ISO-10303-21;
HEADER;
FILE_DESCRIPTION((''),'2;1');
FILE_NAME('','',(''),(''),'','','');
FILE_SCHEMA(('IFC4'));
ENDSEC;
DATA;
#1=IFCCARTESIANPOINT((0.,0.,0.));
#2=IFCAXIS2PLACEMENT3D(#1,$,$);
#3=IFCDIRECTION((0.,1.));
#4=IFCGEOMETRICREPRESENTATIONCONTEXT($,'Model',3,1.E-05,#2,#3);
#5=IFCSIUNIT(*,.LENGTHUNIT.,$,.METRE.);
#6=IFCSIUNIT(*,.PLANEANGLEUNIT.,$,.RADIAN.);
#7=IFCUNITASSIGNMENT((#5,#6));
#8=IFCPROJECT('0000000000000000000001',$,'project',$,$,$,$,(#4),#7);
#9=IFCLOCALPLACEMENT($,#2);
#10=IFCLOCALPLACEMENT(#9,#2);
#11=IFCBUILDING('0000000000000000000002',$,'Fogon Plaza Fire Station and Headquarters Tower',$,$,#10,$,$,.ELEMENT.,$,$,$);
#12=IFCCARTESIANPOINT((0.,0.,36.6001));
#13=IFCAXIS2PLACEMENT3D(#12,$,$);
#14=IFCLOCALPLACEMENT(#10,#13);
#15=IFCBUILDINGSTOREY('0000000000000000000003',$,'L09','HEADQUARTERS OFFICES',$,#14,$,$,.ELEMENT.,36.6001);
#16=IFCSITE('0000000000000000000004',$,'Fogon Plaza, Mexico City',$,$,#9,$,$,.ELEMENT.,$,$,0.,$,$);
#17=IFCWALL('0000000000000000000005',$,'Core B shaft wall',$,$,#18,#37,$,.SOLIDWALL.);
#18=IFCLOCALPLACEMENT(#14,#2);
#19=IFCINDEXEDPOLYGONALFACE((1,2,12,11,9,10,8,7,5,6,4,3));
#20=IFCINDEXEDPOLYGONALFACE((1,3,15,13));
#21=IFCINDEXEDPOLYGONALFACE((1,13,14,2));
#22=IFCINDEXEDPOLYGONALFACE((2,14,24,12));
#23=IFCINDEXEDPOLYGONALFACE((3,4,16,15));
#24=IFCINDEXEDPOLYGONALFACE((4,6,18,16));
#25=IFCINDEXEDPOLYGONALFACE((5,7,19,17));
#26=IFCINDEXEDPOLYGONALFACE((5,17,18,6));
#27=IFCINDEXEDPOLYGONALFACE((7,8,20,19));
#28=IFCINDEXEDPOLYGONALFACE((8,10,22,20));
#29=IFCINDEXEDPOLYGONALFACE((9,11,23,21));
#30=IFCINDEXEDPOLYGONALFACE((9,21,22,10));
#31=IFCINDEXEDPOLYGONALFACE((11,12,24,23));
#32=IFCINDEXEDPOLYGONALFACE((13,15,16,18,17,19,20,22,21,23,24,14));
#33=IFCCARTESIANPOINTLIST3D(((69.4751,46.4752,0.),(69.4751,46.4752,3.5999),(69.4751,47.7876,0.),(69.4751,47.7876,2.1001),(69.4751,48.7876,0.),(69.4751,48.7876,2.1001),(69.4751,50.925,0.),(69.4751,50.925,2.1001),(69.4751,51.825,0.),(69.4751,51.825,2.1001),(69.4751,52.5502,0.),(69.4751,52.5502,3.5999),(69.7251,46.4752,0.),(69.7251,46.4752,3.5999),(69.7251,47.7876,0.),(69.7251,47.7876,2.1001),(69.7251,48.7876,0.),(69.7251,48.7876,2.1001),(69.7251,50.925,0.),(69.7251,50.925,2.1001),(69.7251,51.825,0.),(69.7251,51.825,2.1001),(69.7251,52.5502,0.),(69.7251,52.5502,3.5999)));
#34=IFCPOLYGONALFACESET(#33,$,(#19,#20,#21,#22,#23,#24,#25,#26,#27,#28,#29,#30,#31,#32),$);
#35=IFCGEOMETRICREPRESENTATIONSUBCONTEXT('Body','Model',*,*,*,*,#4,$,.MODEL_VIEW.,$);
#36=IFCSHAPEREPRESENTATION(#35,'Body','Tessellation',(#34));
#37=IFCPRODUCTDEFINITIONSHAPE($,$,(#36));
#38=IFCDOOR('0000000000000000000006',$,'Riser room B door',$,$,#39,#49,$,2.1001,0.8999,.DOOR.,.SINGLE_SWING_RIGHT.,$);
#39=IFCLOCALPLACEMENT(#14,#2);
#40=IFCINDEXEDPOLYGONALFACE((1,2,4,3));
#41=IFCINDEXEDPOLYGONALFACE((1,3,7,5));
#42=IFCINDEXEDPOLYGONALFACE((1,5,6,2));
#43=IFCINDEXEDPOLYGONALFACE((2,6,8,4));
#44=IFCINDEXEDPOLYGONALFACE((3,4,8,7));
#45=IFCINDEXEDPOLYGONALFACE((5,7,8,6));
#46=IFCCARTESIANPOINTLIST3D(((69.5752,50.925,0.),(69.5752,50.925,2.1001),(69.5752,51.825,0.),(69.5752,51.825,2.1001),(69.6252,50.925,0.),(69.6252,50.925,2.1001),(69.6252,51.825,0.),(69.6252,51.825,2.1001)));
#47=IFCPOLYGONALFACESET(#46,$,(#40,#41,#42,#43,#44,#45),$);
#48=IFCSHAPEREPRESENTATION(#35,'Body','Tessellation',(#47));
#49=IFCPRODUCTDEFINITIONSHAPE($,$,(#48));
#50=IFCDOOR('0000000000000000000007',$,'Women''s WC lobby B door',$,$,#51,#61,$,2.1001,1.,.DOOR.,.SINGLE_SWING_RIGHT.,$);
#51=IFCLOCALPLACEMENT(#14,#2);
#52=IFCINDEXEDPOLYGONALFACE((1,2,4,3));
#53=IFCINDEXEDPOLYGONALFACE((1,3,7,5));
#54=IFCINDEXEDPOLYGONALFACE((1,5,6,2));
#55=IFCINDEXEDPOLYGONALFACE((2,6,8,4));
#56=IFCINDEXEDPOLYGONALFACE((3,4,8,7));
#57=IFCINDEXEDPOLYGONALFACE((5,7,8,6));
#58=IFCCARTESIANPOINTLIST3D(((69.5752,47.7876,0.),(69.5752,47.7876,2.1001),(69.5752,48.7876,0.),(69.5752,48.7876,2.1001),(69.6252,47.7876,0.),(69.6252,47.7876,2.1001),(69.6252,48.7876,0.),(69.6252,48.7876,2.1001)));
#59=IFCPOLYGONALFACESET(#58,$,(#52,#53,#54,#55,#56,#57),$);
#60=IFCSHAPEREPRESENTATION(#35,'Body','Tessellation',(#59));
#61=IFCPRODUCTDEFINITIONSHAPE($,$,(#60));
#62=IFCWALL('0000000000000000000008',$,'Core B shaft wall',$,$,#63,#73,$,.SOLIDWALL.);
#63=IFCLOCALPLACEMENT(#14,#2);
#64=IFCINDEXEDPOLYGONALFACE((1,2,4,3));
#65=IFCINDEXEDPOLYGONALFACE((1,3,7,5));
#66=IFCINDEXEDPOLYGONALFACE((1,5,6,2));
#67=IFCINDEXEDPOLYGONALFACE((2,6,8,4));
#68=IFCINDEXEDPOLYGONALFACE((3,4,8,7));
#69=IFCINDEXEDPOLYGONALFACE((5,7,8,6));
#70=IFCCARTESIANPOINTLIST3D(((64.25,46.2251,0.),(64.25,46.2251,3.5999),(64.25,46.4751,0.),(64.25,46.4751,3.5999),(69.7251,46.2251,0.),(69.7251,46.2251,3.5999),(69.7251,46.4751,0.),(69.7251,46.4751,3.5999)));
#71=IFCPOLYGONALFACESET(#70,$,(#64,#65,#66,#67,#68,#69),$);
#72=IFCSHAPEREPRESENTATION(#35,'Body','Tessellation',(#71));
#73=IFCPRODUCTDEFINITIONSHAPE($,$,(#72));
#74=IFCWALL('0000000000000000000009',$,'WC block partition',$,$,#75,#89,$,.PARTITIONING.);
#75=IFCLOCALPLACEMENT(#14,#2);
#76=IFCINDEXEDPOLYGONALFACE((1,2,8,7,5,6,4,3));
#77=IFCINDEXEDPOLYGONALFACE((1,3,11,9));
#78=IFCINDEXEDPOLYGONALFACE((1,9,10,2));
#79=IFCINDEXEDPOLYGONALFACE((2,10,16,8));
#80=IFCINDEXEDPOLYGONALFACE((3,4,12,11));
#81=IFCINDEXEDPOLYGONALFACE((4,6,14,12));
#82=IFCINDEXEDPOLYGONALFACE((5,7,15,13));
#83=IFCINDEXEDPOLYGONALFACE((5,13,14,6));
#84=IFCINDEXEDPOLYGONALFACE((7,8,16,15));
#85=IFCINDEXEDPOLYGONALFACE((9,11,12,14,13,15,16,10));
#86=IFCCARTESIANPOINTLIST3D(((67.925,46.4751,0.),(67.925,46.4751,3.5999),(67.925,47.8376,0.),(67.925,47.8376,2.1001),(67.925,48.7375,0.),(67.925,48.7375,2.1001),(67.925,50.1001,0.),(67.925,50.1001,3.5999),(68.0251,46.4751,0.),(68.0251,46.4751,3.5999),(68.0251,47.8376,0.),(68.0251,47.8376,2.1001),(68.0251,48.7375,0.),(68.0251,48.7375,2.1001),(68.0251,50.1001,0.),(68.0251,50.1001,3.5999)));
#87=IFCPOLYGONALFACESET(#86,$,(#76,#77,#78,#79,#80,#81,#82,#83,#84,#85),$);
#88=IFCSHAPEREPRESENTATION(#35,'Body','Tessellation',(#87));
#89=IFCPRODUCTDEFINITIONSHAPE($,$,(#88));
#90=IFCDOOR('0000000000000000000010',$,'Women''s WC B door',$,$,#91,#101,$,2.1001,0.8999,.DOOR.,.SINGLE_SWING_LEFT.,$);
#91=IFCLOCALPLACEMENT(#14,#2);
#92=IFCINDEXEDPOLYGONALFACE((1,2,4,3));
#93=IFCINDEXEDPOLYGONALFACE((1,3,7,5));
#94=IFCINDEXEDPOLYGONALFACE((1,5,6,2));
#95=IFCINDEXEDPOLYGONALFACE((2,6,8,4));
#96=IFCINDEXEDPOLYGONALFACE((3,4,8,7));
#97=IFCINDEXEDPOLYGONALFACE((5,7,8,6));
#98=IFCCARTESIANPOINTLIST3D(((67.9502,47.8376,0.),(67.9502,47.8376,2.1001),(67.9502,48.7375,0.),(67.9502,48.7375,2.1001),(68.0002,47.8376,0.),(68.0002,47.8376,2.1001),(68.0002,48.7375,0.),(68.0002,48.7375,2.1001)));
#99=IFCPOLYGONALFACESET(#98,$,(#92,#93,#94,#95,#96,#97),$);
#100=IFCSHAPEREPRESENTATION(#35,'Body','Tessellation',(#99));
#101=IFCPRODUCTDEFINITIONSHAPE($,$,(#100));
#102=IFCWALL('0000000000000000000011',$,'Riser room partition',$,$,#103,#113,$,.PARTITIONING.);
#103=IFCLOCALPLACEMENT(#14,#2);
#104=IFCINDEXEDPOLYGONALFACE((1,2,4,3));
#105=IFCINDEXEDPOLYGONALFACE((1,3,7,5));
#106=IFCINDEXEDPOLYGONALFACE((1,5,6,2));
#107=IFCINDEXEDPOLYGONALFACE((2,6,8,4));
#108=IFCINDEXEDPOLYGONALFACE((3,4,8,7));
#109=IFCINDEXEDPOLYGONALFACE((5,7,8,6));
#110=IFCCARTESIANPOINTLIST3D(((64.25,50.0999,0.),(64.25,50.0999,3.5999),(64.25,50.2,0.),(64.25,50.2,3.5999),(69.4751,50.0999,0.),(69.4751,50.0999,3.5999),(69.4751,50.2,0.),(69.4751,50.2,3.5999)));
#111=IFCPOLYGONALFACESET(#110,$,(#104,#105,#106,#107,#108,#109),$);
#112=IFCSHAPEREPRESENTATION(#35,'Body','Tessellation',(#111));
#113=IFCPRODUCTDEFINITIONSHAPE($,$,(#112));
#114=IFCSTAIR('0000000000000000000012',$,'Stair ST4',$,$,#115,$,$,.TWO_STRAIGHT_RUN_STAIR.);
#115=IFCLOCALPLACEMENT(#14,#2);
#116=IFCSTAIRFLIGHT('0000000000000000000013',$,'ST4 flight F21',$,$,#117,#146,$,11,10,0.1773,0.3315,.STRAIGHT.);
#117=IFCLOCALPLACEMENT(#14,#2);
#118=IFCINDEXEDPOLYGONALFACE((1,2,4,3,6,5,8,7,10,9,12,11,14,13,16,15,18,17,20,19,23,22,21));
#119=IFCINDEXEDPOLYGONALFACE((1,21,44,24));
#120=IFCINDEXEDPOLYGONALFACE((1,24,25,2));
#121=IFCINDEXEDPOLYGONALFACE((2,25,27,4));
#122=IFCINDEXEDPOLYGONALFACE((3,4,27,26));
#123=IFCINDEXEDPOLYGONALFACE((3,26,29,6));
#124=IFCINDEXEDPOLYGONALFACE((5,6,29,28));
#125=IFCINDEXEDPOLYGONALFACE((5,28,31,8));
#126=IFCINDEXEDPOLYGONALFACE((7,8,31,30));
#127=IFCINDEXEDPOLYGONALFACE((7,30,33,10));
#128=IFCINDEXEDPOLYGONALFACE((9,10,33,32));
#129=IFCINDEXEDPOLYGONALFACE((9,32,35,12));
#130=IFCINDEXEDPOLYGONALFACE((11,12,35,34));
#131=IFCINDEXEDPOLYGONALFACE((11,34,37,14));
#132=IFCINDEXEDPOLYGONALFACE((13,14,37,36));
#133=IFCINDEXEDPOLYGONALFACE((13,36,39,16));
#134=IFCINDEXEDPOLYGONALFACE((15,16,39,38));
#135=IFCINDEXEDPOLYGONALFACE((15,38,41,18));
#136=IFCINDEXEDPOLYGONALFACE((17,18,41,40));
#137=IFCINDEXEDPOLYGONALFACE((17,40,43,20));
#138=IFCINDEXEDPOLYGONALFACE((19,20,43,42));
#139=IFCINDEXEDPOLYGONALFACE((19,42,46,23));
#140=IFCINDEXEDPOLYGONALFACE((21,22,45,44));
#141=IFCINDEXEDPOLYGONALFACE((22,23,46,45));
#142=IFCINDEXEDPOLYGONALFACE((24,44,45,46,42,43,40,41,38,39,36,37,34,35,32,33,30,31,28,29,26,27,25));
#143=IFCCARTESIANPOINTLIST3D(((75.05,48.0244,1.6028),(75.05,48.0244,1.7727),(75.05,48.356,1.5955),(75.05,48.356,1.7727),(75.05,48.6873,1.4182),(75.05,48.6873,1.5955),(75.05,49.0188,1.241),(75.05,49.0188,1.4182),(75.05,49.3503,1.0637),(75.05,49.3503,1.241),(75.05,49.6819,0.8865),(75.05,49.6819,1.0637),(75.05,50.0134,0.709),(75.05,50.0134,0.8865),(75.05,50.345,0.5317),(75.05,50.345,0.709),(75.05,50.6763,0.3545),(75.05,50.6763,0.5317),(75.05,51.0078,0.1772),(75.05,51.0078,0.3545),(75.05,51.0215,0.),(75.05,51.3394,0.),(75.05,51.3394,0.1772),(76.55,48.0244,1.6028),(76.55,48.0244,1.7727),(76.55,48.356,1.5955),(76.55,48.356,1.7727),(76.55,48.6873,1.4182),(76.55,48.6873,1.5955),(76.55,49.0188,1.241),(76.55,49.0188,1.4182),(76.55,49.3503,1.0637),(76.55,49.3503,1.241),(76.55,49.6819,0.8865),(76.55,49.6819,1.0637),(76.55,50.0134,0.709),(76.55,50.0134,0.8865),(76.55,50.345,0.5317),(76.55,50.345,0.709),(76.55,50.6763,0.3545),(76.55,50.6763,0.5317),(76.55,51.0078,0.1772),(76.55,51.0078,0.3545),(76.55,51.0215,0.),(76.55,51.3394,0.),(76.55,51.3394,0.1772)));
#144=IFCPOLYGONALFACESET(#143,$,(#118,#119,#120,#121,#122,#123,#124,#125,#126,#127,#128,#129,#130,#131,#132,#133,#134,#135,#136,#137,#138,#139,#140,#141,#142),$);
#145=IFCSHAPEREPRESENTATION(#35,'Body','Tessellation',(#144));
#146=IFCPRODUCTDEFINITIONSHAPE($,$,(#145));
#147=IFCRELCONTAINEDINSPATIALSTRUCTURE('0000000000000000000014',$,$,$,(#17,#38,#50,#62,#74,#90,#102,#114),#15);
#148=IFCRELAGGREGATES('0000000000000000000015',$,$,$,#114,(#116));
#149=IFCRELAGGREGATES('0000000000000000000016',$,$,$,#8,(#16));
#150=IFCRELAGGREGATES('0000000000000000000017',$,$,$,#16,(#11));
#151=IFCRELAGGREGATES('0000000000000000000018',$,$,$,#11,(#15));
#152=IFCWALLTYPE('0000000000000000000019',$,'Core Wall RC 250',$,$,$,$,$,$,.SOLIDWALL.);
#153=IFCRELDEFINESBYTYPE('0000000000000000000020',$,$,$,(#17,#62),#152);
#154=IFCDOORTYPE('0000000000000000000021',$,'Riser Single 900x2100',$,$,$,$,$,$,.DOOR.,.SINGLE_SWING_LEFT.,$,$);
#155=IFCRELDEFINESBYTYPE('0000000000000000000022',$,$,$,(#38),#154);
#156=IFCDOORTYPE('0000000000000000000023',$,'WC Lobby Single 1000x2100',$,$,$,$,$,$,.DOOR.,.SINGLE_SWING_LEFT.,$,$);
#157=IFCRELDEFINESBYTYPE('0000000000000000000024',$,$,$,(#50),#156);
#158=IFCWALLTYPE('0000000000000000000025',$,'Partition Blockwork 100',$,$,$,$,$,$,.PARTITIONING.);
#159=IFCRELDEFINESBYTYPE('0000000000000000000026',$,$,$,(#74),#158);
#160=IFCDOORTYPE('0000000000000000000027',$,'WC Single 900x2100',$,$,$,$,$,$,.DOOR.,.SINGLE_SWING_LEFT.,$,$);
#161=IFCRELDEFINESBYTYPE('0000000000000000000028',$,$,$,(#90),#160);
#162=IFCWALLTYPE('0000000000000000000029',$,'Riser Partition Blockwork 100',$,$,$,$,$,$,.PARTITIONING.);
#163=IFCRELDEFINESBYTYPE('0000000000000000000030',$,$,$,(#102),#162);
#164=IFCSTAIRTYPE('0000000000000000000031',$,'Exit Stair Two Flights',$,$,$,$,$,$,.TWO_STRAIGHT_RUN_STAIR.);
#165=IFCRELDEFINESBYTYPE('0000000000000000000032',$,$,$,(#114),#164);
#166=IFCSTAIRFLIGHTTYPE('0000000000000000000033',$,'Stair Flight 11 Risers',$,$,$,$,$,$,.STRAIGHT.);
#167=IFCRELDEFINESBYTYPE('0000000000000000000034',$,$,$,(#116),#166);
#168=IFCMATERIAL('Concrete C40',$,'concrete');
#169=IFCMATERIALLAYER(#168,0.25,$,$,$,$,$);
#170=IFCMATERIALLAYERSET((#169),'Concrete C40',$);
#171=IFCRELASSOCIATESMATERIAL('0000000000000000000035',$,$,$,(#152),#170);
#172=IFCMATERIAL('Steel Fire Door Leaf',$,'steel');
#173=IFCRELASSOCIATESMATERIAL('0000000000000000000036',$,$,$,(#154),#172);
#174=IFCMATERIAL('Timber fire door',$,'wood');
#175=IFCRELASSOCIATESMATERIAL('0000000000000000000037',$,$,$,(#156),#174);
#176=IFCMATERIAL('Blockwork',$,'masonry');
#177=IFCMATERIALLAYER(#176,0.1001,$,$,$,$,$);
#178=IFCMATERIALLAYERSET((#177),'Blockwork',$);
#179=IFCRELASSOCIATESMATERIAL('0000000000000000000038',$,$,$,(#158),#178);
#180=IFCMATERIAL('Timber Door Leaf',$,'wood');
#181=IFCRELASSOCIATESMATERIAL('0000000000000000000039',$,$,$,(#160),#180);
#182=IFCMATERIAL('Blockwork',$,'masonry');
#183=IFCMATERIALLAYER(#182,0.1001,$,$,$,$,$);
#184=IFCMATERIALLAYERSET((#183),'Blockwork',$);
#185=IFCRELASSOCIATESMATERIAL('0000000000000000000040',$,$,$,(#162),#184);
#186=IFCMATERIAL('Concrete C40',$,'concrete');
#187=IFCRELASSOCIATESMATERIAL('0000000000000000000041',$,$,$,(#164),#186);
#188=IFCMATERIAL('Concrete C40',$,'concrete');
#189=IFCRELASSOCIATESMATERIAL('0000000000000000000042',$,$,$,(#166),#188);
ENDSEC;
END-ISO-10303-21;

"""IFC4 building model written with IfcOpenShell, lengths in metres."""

from ifc_helpers import new_model, si_unit, direction, frame, frame_2d, origin, place, context, subcontext, project, spatial, polyline, rectangle, outline, extrude, material, layer, layer_set, type_object, element, fill, aggregate, save


model = new_model("IFC4")

# Units and contexts
model_context = context("Model", 3, precision=1e-05, world=origin(), true_north=direction((0.0, 1.0)))
body_context = subcontext(model_context, "Body", "Model", "MODEL_VIEW")
ifc_project = project(units=[si_unit("LENGTHUNIT", "METRE"), si_unit("PLANEANGLEUNIT", "RADIAN")], contexts=[model_context])

# Site, building, storey
site_placement = place(None, origin())
site = spatial("IfcSite", under=ifc_project, at=site_placement, Name="Fogon Plaza, Mexico City", CompositionType="ELEMENT", RefElevation=0.0)
building_placement = place(site_placement, origin())
building = spatial("IfcBuilding", under=site, at=building_placement, Name="Fogon Plaza Fire Station and Headquarters Tower", CompositionType="ELEMENT")
storey_placement = place(building_placement, frame((0.0, 0.0, 36.6001)))
storey = spatial("IfcBuildingStorey", under=building, at=storey_placement, Name="L09", Description="HEADQUARTERS OFFICES", CompositionType="ELEMENT", Elevation=36.6001)

# Shared definitions
ifc_material_1 = material(Name="Concrete C40", Category="concrete")
ifc_layer_1 = layer(ifc_material_1, 0.25)
ifc_layer_set_1 = layer_set([ifc_layer_1], Name="Concrete C40")
wall_type_1 = type_object("IfcWallType", Name="Core Wall RC 250", PredefinedType="SOLIDWALL", material=ifc_layer_set_1)

# Wall, openings, doors
wall_1_placement = place(storey_placement, frame((69.6001, 46.4751, 0.0), z_axis=(0.0, 0.0, 1.0), x_axis=(0.0, 1.0, 0.0)))
wall_1 = element("IfcWall", 1, at=wall_1_placement, inside=storey, type_object=wall_type_1, Name="Core B shaft wall", PredefinedType="SOLIDWALL", context=body_context, shape_type="SweptSolid", body=[
    extrude(rectangle(XDim=6.075, YDim=0.25, at=frame_2d((3.0376, 0.0))), origin(), (0.0, 0.0, 1.0), 3.5999),
])
opening_1_placement = place(wall_1_placement, frame((1.3125, 0.0, 0.0)))
opening_1 = element("IfcOpeningElement", 2, at=opening_1_placement, cuts=wall_1, PredefinedType="OPENING", context=body_context, shape_type="SweptSolid", body=[
    extrude(rectangle(XDim=1.0, YDim=2.1001, at=frame_2d((0.5, 1.05))), frame((0.0, 0.135, 0.0), z_axis=(0.0, -1.0, 0.0), x_axis=(1.0, 0.0, 0.0)), (0.0, 0.0, 1.0), 0.27),
])
opening_2_placement = place(wall_1_placement, frame((4.45, 0.0, 0.0)))
opening_2 = element("IfcOpeningElement", 3, at=opening_2_placement, cuts=wall_1, PredefinedType="OPENING", context=body_context, shape_type="SweptSolid", body=[
    extrude(rectangle(XDim=0.8999, YDim=2.1001, at=frame_2d((0.45, 1.05))), frame((0.0, 0.135, 0.0), z_axis=(0.0, -1.0, 0.0), x_axis=(1.0, 0.0, 0.0)), (0.0, 0.0, 1.0), 0.27),
])
ifc_material_2 = material(Name="Steel Fire Door Leaf", Category="steel")
door_type_1 = type_object("IfcDoorType", Name="Riser Single 900x2100", OperationType="SINGLE_SWING_LEFT", PredefinedType="DOOR", material=ifc_material_2)
door_1_placement = place(opening_2_placement, origin())
door_1 = element("IfcDoor", 4, at=door_1_placement, inside=storey, type_object=door_type_1, Name="Riser room B door", OperationType="SINGLE_SWING_RIGHT", OverallHeight=2.1001, OverallWidth=0.8999, PredefinedType="DOOR", context=body_context, shape_type="SweptSolid", body=[
    extrude(rectangle(XDim=0.8999, YDim=2.1001, at=frame_2d((0.45, 1.05))), frame((0.0, 0.0249, 0.0), z_axis=(0.0, -1.0, 0.0), x_axis=(1.0, 0.0, 0.0)), (0.0, 0.0, 1.0), 0.05),
])
fill(opening_2, door_1)
ifc_material_3 = material(Name="Timber fire door", Category="wood")
door_type_2 = type_object("IfcDoorType", Name="WC Lobby Single 1000x2100", OperationType="SINGLE_SWING_LEFT", PredefinedType="DOOR", material=ifc_material_3)
door_2_placement = place(opening_1_placement, origin())
door_2 = element("IfcDoor", 5, at=door_2_placement, inside=storey, type_object=door_type_2, Name="Women's WC lobby B door", OperationType="SINGLE_SWING_RIGHT", OverallHeight=2.1001, OverallWidth=1.0, PredefinedType="DOOR", context=body_context, shape_type="SweptSolid", body=[
    extrude(rectangle(XDim=1.0, YDim=2.1001, at=frame_2d((0.5, 1.05))), frame((0.0, 0.0249, 0.0), z_axis=(0.0, -1.0, 0.0), x_axis=(1.0, 0.0, 0.0)), (0.0, 0.0, 1.0), 0.05),
])
fill(opening_1, door_2)

# Wall
wall_2_placement = place(storey_placement, frame((69.7251, 46.3501, 0.0), z_axis=(0.0, 0.0, 1.0), x_axis=(-1.0, 0.0, 0.0)))
element("IfcWall", 6, at=wall_2_placement, inside=storey, type_object=wall_type_1, Name="Core B shaft wall", PredefinedType="SOLIDWALL", context=body_context, shape_type="SweptSolid", body=[
    extrude(rectangle(XDim=5.4751, YDim=0.25, at=frame_2d((2.7375, 0.0))), origin(), (0.0, 0.0, 1.0), 3.5999),
])

# Wall, opening, door
ifc_material_4 = material(Name="Blockwork", Category="masonry")
ifc_layer_2 = layer(ifc_material_4, 0.1001)
ifc_layer_set_2 = layer_set([ifc_layer_2], Name="Blockwork")
wall_type_2 = type_object("IfcWallType", Name="Partition Blockwork 100", PredefinedType="PARTITIONING", material=ifc_layer_set_2)
wall_3_placement = place(storey_placement, frame((67.9751, 46.4751, 0.0), z_axis=(0.0, 0.0, 1.0), x_axis=(0.0, 1.0, 0.0)))
wall_3 = element("IfcWall", 7, at=wall_3_placement, inside=storey, type_object=wall_type_2, Name="WC block partition", PredefinedType="PARTITIONING", context=body_context, shape_type="SweptSolid", body=[
    extrude(rectangle(XDim=3.625, YDim=0.1001, at=frame_2d((1.8125, 0.0))), origin(), (0.0, 0.0, 1.0), 3.5999),
])
opening_3_placement = place(wall_3_placement, frame((1.3625, 0.0, 0.0)))
opening_3 = element("IfcOpeningElement", 8, at=opening_3_placement, cuts=wall_3, PredefinedType="OPENING", context=body_context, shape_type="SweptSolid", body=[
    extrude(rectangle(XDim=0.8999, YDim=2.1001, at=frame_2d((0.45, 1.05))), frame((0.0, 0.0601, 0.0), z_axis=(0.0, -1.0, 0.0), x_axis=(1.0, 0.0, 0.0)), (0.0, 0.0, 1.0), 0.1201),
])
ifc_material_5 = material(Name="Timber Door Leaf", Category="wood")
door_type_3 = type_object("IfcDoorType", Name="WC Single 900x2100", OperationType="SINGLE_SWING_LEFT", PredefinedType="DOOR", material=ifc_material_5)
door_3_placement = place(opening_3_placement, origin())
door_3 = element("IfcDoor", 9, at=door_3_placement, inside=storey, type_object=door_type_3, Name="Women's WC B door", OperationType="SINGLE_SWING_LEFT", OverallHeight=2.1001, OverallWidth=0.8999, PredefinedType="DOOR", context=body_context, shape_type="SweptSolid", body=[
    extrude(rectangle(XDim=0.8999, YDim=2.1001, at=frame_2d((0.45, 1.05))), frame((0.0, 0.0249, 0.0), z_axis=(0.0, -1.0, 0.0), x_axis=(1.0, 0.0, 0.0)), (0.0, 0.0, 1.0), 0.05),
])
fill(opening_3, door_3)

# Wall
ifc_material_6 = material(Name="Blockwork", Category="masonry")
ifc_layer_3 = layer(ifc_material_6, 0.1001)
ifc_layer_set_3 = layer_set([ifc_layer_3], Name="Blockwork")
wall_type_3 = type_object("IfcWallType", Name="Riser Partition Blockwork 100", PredefinedType="PARTITIONING", material=ifc_layer_set_3)
wall_4_placement = place(storey_placement, frame((69.4751, 50.1499, 0.0), z_axis=(0.0, 0.0, 1.0), x_axis=(-1.0, 0.0, 0.0)))
element("IfcWall", 10, at=wall_4_placement, inside=storey, type_object=wall_type_3, Name="Riser room partition", PredefinedType="PARTITIONING", context=body_context, shape_type="SweptSolid", body=[
    extrude(rectangle(XDim=5.2251, YDim=0.1001, at=frame_2d((2.6125, 0.0))), origin(), (0.0, 0.0, 1.0), 3.5999),
])

# Stair, stair flight
ifc_material_7 = material(Name="Concrete C40", Category="concrete")
stair_type = type_object("IfcStairType", Name="Exit Stair Two Flights", PredefinedType="TWO_STRAIGHT_RUN_STAIR", material=ifc_material_7)
stair_placement = place(storey_placement, origin())
stair = element("IfcStair", 11, at=stair_placement, inside=storey, type_object=stair_type, Name="Stair ST4", PredefinedType="TWO_STRAIGHT_RUN_STAIR")
ifc_material_8 = material(Name="Concrete C40", Category="concrete")
stair_flight_type = type_object("IfcStairFlightType", Name="Stair Flight 11 Risers", PredefinedType="STRAIGHT", material=ifc_material_8)
stair_flight_1_placement = place(storey_placement, frame((75.8, 51.3394, 0.0), z_axis=(0.0, 0.0, 1.0), x_axis=(0.0, -1.0, 0.0)))
stair_flight_1 = element("IfcStairFlight", 12, at=stair_flight_1_placement, type_object=stair_flight_type, Name="ST4 flight F21", NumberOfRisers=11, NumberOfTreads=10, PredefinedType="STRAIGHT", RiserHeight=0.1773, TreadLength=0.3315, context=body_context, shape_type="SweptSolid", body=[
    extrude(outline(polyline([(0.0, 0.0), (0.0, 0.1772), (0.3315, 0.1772), (0.3315, 0.3545), (0.6631, 0.3545), (0.6631, 0.5317), (0.9944, 0.5317), (0.9944, 0.709), (1.3259, 0.709), (1.3259, 0.8865), (1.6575, 0.8865), (1.6575, 1.0637), (1.989, 1.0637), (1.989, 1.241), (2.3206, 1.241), (2.3206, 1.4182), (2.6521, 1.4182), (2.6521, 1.5955), (2.9834, 1.5955), (2.9834, 1.7727), (3.3149, 1.7727), (3.3149, 1.95), (3.3149, 1.6028), (0.3179, 0.0), (0.0, 0.0)])), frame((0.0, 0.75, 0.0), z_axis=(0.0, -1.0, 0.0), x_axis=(1.0, 0.0, 0.0)), (0.0, 0.0, 1.0), 1.5),
])
aggregate(stair, [stair_flight_1])

save(model, "model.ifc")
